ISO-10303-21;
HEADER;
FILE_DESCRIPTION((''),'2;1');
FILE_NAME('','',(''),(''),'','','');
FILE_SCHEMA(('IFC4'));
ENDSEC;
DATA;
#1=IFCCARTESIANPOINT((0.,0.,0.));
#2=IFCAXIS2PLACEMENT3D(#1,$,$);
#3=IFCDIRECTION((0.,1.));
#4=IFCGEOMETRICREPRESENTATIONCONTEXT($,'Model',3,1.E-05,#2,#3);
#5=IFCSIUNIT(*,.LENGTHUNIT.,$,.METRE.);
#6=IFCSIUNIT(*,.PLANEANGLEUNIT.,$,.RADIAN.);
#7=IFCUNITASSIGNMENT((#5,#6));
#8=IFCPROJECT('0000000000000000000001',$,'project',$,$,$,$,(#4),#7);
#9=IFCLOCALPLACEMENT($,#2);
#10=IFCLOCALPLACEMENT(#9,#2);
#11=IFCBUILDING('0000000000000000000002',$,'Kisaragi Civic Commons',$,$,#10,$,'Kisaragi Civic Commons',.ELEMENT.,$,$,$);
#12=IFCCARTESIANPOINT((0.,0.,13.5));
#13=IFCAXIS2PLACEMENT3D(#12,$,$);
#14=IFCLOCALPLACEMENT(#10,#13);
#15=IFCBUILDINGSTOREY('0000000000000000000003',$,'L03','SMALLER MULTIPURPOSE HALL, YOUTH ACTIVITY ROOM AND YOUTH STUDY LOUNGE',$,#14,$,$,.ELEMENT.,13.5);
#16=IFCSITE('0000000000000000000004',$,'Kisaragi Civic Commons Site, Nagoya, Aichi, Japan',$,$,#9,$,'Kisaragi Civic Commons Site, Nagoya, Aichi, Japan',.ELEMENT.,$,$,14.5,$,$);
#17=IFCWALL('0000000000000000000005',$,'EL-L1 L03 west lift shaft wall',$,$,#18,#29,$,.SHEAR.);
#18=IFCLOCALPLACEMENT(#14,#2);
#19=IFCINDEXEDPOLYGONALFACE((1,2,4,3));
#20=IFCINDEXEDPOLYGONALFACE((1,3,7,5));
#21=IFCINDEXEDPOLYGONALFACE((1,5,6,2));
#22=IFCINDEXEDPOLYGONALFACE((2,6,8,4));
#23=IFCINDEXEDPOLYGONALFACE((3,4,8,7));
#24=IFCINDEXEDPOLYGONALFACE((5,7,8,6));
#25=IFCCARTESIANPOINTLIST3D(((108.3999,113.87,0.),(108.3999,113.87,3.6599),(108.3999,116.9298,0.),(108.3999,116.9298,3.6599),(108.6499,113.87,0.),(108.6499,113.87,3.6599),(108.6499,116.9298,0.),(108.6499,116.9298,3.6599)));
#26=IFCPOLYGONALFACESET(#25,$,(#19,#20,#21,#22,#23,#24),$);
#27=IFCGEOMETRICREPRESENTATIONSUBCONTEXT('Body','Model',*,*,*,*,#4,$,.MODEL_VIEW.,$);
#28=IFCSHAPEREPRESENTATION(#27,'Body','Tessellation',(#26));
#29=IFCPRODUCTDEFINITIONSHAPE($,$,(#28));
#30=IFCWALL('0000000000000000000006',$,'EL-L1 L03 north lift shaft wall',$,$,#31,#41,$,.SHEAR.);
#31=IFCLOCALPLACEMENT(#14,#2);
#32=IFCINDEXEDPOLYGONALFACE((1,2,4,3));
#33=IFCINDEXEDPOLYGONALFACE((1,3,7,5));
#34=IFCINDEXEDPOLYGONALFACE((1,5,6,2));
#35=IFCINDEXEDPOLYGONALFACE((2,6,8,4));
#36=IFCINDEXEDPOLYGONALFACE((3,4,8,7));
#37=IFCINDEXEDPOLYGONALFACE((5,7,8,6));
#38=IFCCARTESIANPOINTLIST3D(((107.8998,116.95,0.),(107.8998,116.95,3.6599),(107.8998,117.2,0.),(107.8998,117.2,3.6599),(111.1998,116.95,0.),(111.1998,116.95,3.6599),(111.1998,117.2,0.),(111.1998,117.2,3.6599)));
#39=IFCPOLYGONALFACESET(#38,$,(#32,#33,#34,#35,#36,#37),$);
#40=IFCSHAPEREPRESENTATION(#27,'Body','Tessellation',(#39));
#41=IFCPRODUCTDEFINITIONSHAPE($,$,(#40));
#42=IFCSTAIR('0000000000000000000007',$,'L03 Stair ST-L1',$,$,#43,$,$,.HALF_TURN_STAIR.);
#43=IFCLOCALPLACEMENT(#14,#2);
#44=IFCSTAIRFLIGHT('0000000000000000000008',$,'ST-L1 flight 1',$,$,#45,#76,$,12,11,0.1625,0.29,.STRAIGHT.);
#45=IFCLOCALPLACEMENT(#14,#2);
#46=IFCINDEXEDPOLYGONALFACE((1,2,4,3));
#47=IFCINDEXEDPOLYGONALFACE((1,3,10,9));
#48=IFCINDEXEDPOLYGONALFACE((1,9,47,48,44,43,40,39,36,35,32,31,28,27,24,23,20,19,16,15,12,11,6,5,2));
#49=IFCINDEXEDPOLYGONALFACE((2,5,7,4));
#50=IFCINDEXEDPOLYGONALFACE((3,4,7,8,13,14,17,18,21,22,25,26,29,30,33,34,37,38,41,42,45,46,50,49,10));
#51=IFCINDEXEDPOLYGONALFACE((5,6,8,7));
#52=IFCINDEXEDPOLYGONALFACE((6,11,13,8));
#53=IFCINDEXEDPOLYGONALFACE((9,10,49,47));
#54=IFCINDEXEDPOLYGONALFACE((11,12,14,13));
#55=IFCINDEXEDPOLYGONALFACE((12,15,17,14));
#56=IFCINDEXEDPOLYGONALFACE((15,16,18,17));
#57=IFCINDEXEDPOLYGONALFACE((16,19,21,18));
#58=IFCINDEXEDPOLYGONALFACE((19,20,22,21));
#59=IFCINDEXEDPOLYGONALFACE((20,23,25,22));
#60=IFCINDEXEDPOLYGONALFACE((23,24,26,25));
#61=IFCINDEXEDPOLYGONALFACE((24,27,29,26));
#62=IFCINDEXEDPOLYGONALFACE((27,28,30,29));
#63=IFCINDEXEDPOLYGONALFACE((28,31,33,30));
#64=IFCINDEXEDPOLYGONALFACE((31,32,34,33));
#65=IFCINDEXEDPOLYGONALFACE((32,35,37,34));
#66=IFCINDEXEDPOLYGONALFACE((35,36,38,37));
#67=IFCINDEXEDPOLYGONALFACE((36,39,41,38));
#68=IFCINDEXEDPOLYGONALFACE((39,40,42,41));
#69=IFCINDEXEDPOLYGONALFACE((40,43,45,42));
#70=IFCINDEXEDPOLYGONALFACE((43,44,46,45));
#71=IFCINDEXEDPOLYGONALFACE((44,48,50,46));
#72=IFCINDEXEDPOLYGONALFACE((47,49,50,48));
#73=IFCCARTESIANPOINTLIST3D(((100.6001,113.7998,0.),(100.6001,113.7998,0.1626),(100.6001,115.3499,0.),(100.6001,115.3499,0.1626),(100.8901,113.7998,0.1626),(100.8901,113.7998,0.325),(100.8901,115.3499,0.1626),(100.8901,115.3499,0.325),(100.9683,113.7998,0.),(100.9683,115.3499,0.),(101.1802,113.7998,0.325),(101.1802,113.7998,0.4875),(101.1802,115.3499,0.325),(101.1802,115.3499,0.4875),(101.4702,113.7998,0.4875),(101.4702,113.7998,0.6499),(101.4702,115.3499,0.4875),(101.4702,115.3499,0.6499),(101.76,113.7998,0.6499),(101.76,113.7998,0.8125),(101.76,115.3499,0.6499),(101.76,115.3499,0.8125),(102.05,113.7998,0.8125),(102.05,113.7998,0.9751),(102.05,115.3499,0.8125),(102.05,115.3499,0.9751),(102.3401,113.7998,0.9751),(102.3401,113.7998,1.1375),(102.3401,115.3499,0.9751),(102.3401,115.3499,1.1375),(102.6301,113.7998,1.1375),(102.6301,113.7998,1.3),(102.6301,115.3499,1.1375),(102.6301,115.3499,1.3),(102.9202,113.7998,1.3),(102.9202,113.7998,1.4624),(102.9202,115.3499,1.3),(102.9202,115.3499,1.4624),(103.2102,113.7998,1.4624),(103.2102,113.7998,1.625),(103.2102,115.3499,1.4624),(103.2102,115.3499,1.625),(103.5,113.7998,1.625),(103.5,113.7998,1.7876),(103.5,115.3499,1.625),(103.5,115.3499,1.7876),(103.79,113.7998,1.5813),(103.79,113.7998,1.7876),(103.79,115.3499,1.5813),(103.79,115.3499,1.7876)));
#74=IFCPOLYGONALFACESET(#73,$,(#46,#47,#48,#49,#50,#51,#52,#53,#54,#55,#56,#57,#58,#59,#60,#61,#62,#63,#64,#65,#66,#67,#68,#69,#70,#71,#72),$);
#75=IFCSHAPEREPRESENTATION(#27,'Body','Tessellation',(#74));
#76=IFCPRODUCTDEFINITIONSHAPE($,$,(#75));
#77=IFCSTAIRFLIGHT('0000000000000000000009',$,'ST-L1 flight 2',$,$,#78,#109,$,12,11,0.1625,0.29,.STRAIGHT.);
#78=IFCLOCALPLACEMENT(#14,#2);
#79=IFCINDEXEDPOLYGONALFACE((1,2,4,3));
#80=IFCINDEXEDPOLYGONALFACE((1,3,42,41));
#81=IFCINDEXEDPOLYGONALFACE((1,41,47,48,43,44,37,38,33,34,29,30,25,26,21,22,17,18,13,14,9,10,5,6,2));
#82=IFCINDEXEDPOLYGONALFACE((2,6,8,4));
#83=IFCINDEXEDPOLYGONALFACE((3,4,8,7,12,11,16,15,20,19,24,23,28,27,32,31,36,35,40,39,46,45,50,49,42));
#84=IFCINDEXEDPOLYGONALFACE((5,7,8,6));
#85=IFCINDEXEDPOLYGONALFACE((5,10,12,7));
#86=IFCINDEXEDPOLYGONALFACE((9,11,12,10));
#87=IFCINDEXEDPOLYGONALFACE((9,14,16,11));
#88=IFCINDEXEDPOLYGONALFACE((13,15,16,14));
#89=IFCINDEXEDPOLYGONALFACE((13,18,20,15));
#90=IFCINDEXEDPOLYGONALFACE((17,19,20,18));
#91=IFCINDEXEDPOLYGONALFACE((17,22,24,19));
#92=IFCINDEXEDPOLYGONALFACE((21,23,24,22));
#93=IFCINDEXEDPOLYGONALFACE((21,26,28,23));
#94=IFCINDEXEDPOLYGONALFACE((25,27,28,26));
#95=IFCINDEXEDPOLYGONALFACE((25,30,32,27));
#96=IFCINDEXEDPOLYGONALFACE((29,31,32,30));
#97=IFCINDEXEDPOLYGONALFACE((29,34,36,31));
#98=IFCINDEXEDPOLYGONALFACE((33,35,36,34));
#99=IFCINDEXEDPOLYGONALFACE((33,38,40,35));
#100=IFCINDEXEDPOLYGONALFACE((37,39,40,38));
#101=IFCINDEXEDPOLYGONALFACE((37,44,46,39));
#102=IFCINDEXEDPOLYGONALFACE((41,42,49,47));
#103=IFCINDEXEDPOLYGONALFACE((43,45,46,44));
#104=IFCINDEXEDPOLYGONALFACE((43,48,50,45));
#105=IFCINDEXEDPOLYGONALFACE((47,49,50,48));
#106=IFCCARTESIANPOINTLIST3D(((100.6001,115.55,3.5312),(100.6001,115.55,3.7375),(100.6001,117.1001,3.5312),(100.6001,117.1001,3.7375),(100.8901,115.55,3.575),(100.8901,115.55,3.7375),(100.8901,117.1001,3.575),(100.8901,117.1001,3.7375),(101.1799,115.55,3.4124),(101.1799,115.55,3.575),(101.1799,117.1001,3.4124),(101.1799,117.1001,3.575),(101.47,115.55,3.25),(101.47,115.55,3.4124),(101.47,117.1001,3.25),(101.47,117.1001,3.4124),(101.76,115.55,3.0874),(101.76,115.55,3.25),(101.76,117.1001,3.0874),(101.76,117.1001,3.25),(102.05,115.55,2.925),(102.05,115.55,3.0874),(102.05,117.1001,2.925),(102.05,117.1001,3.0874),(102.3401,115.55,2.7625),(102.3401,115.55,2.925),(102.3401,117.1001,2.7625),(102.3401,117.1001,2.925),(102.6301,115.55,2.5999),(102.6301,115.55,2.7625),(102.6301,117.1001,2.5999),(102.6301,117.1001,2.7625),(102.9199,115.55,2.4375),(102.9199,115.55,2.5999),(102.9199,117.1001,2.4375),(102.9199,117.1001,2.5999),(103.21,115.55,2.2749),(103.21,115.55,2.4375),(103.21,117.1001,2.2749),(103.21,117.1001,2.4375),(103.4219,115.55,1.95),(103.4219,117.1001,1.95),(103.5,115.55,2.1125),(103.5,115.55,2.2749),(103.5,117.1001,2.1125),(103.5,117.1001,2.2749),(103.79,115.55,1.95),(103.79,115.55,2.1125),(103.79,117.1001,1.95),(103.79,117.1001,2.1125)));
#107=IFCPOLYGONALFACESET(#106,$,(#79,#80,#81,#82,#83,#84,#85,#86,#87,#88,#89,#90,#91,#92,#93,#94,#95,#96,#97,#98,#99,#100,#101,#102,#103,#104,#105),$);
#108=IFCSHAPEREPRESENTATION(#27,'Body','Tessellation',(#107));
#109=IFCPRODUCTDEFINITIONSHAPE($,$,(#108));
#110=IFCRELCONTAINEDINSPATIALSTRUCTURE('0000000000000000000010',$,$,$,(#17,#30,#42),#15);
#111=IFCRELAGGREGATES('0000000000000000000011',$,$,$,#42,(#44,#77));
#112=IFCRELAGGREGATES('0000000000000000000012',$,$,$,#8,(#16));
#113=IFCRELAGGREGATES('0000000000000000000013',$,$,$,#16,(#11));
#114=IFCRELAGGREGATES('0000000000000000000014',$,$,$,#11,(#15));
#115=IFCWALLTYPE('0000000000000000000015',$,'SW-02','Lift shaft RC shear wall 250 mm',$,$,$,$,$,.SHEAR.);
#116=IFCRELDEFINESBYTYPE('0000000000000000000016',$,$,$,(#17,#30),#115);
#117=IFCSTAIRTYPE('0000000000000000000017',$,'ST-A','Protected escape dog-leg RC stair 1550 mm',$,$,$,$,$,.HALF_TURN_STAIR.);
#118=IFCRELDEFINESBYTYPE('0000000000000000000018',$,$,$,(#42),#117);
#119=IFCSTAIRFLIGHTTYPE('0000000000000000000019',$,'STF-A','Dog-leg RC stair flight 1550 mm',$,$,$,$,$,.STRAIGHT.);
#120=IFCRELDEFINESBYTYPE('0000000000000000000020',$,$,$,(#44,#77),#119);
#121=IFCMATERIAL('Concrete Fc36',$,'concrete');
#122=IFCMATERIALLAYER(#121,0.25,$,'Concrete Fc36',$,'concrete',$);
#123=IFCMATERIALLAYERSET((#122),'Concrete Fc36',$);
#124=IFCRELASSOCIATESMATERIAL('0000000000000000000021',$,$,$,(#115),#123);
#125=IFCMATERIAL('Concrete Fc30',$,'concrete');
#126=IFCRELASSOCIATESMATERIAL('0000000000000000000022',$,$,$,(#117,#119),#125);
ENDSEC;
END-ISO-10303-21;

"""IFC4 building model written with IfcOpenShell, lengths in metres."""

from ifc_helpers import new_model, si_unit, direction, frame, frame_2d, origin, place, context, subcontext, project, spatial, polyline, rectangle, outline, extrude, material, layer, layer_set, type_object, element, aggregate, save


model = new_model("IFC4")

# Units and contexts
model_context = context("Model", 3, precision=1e-05, world=origin(), true_north=direction((0.0, 1.0)))
body_context = subcontext(model_context, "Body", "Model", "MODEL_VIEW")
ifc_project = project(units=[si_unit("LENGTHUNIT", "METRE"), si_unit("PLANEANGLEUNIT", "RADIAN")], contexts=[model_context])

# Site, building, storey
site_placement = place(None, origin())
site = spatial("IfcSite", under=ifc_project, at=site_placement, Name="Kisaragi Civic Commons Site, Nagoya, Aichi, Japan", LongName="Kisaragi Civic Commons Site, Nagoya, Aichi, Japan", CompositionType="ELEMENT", RefElevation=14.5)
building_placement = place(site_placement, origin())
building = spatial("IfcBuilding", under=site, at=building_placement, Name="Kisaragi Civic Commons", LongName="Kisaragi Civic Commons", CompositionType="ELEMENT")
storey_placement = place(building_placement, frame((0.0, 0.0, 13.5)))
storey = spatial("IfcBuildingStorey", under=building, at=storey_placement, Name="L03", Description="SMALLER MULTIPURPOSE HALL, YOUTH ACTIVITY ROOM AND YOUTH STUDY LOUNGE", CompositionType="ELEMENT", Elevation=13.5)

# Shared definitions
ifc_material_1 = material(Name="Concrete Fc30", Category="concrete")

# Shared definitions
ifc_material_2 = material(Name="Concrete Fc36", Category="concrete")

# Walls
ifc_layer_1 = layer(ifc_material_2, 0.25, Name="Concrete Fc36", Category="concrete")
ifc_layer_set_1 = layer_set([ifc_layer_1], Name="Concrete Fc36")
wall_type_1 = type_object("IfcWallType", Name="SW-02", Description="Lift shaft RC shear wall 250 mm", PredefinedType="SHEAR", material=ifc_layer_set_1)
wall_1_placement = place(storey_placement, frame((108.5249, 113.8701, 0.0), z_axis=(0.0, 0.0, 1.0), x_axis=(0.0, 1.0, 0.0)))
element("IfcWall", 1, at=wall_1_placement, inside=storey, type_object=wall_type_1, Name="EL-L1 L03 west lift shaft wall", PredefinedType="SHEAR", context=body_context, shape_type="SweptSolid", body=[
    extrude(rectangle(XDim=3.0598, YDim=0.25, at=frame_2d((1.5298, 0.0))), origin(), (0.0, 0.0, 1.0), 3.6599),
])
wall_2_placement = place(storey_placement, frame((107.8999, 117.075, 0.0), z_axis=(0.0, 0.0, 1.0), x_axis=(1.0, 0.0, 0.0)))
element("IfcWall", 2, at=wall_2_placement, inside=storey, type_object=wall_type_1, Name="EL-L1 L03 north lift shaft wall", PredefinedType="SHEAR", context=body_context, shape_type="SweptSolid", body=[
    extrude(rectangle(XDim=3.3, YDim=0.25, at=frame_2d((1.6499, 0.0))), origin(), (0.0, 0.0, 1.0), 3.6599),
])

# Stair, stair flights
stair_type = type_object("IfcStairType", Name="ST-A", Description="Protected escape dog-leg RC stair 1550 mm", PredefinedType="HALF_TURN_STAIR", material=ifc_material_1)
stair_placement = place(storey_placement, origin())
stair = element("IfcStair", 3, at=stair_placement, inside=storey, type_object=stair_type, Name="L03 Stair ST-L1", PredefinedType="HALF_TURN_STAIR")
stair_flight_type = type_object("IfcStairFlightType", Name="STF-A", Description="Dog-leg RC stair flight 1550 mm", PredefinedType="STRAIGHT", material=ifc_material_1)
stair_flight_1_placement = place(storey_placement, frame((100.6001, 114.575, 0.0), z_axis=(0.0, 0.0, 1.0), x_axis=(1.0, 0.0, 0.0)))
stair_flight_1 = element("IfcStairFlight", 4, at=stair_flight_1_placement, type_object=stair_flight_type, Name="ST-L1 flight 1", NumberOfRisers=12, NumberOfTreads=11, PredefinedType="STRAIGHT", RiserHeight=0.1625, TreadLength=0.29, context=body_context, shape_type="SweptSolid", body=[
    extrude(outline(polyline([(0.0, 0.0), (0.0, 0.1626), (0.29, 0.1626), (0.29, 0.325), (0.5801, 0.325), (0.5801, 0.4875), (0.8701, 0.4875), (0.8701, 0.6499), (1.1599, 0.6499), (1.1599, 0.8125), (1.45, 0.8125), (1.45, 0.9751), (1.74, 0.9751), (1.74, 1.1375), (2.03, 1.1375), (2.03, 1.3), (2.3201, 1.3), (2.3201, 1.4624), (2.6101, 1.4624), (2.6101, 1.625), (2.8999, 1.625), (2.8999, 1.7876), (3.1899, 1.7876), (3.1899, 1.95), (3.1899, 1.5813), (0.3682, 0.0), (0.0, 0.0)])), frame((0.0, 0.7749, 0.0), z_axis=(0.0, -1.0, 0.0), x_axis=(1.0, 0.0, 0.0)), (0.0, 0.0, 1.0), 1.55),
])
stair_flight_2_placement = place(storey_placement, frame((103.79, 116.325, 1.95), z_axis=(0.0, 0.0, 1.0), x_axis=(-1.0, 0.0, 0.0)))
stair_flight_2 = element("IfcStairFlight", 5, at=stair_flight_2_placement, type_object=stair_flight_type, Name="ST-L1 flight 2", NumberOfRisers=12, NumberOfTreads=11, PredefinedType="STRAIGHT", RiserHeight=0.1625, TreadLength=0.29, context=body_context, shape_type="SweptSolid", body=[
    extrude(outline(polyline([(0.0, 0.0), (0.0, 0.1626), (0.29, 0.1626), (0.29, 0.325), (0.5801, 0.325), (0.5801, 0.4875), (0.8701, 0.4875), (0.8701, 0.6499), (1.1599, 0.6499), (1.1599, 0.8125), (1.45, 0.8125), (1.45, 0.9751), (1.74, 0.9751), (1.74, 1.1375), (2.03, 1.1375), (2.03, 1.3), (2.3201, 1.3), (2.3201, 1.4624), (2.6101, 1.4624), (2.6101, 1.625), (2.8999, 1.625), (2.8999, 1.7876), (3.1899, 1.7876), (3.1899, 1.95), (3.1899, 1.5813), (0.3682, 0.0), (0.0, 0.0)])), frame((0.0, 0.7749, 0.0), z_axis=(0.0, -1.0, 0.0), x_axis=(1.0, 0.0, 0.0)), (0.0, 0.0, 1.0), 1.55),
])
aggregate(stair, [stair_flight_1, stair_flight_2])

save(model, "model.ifc")
